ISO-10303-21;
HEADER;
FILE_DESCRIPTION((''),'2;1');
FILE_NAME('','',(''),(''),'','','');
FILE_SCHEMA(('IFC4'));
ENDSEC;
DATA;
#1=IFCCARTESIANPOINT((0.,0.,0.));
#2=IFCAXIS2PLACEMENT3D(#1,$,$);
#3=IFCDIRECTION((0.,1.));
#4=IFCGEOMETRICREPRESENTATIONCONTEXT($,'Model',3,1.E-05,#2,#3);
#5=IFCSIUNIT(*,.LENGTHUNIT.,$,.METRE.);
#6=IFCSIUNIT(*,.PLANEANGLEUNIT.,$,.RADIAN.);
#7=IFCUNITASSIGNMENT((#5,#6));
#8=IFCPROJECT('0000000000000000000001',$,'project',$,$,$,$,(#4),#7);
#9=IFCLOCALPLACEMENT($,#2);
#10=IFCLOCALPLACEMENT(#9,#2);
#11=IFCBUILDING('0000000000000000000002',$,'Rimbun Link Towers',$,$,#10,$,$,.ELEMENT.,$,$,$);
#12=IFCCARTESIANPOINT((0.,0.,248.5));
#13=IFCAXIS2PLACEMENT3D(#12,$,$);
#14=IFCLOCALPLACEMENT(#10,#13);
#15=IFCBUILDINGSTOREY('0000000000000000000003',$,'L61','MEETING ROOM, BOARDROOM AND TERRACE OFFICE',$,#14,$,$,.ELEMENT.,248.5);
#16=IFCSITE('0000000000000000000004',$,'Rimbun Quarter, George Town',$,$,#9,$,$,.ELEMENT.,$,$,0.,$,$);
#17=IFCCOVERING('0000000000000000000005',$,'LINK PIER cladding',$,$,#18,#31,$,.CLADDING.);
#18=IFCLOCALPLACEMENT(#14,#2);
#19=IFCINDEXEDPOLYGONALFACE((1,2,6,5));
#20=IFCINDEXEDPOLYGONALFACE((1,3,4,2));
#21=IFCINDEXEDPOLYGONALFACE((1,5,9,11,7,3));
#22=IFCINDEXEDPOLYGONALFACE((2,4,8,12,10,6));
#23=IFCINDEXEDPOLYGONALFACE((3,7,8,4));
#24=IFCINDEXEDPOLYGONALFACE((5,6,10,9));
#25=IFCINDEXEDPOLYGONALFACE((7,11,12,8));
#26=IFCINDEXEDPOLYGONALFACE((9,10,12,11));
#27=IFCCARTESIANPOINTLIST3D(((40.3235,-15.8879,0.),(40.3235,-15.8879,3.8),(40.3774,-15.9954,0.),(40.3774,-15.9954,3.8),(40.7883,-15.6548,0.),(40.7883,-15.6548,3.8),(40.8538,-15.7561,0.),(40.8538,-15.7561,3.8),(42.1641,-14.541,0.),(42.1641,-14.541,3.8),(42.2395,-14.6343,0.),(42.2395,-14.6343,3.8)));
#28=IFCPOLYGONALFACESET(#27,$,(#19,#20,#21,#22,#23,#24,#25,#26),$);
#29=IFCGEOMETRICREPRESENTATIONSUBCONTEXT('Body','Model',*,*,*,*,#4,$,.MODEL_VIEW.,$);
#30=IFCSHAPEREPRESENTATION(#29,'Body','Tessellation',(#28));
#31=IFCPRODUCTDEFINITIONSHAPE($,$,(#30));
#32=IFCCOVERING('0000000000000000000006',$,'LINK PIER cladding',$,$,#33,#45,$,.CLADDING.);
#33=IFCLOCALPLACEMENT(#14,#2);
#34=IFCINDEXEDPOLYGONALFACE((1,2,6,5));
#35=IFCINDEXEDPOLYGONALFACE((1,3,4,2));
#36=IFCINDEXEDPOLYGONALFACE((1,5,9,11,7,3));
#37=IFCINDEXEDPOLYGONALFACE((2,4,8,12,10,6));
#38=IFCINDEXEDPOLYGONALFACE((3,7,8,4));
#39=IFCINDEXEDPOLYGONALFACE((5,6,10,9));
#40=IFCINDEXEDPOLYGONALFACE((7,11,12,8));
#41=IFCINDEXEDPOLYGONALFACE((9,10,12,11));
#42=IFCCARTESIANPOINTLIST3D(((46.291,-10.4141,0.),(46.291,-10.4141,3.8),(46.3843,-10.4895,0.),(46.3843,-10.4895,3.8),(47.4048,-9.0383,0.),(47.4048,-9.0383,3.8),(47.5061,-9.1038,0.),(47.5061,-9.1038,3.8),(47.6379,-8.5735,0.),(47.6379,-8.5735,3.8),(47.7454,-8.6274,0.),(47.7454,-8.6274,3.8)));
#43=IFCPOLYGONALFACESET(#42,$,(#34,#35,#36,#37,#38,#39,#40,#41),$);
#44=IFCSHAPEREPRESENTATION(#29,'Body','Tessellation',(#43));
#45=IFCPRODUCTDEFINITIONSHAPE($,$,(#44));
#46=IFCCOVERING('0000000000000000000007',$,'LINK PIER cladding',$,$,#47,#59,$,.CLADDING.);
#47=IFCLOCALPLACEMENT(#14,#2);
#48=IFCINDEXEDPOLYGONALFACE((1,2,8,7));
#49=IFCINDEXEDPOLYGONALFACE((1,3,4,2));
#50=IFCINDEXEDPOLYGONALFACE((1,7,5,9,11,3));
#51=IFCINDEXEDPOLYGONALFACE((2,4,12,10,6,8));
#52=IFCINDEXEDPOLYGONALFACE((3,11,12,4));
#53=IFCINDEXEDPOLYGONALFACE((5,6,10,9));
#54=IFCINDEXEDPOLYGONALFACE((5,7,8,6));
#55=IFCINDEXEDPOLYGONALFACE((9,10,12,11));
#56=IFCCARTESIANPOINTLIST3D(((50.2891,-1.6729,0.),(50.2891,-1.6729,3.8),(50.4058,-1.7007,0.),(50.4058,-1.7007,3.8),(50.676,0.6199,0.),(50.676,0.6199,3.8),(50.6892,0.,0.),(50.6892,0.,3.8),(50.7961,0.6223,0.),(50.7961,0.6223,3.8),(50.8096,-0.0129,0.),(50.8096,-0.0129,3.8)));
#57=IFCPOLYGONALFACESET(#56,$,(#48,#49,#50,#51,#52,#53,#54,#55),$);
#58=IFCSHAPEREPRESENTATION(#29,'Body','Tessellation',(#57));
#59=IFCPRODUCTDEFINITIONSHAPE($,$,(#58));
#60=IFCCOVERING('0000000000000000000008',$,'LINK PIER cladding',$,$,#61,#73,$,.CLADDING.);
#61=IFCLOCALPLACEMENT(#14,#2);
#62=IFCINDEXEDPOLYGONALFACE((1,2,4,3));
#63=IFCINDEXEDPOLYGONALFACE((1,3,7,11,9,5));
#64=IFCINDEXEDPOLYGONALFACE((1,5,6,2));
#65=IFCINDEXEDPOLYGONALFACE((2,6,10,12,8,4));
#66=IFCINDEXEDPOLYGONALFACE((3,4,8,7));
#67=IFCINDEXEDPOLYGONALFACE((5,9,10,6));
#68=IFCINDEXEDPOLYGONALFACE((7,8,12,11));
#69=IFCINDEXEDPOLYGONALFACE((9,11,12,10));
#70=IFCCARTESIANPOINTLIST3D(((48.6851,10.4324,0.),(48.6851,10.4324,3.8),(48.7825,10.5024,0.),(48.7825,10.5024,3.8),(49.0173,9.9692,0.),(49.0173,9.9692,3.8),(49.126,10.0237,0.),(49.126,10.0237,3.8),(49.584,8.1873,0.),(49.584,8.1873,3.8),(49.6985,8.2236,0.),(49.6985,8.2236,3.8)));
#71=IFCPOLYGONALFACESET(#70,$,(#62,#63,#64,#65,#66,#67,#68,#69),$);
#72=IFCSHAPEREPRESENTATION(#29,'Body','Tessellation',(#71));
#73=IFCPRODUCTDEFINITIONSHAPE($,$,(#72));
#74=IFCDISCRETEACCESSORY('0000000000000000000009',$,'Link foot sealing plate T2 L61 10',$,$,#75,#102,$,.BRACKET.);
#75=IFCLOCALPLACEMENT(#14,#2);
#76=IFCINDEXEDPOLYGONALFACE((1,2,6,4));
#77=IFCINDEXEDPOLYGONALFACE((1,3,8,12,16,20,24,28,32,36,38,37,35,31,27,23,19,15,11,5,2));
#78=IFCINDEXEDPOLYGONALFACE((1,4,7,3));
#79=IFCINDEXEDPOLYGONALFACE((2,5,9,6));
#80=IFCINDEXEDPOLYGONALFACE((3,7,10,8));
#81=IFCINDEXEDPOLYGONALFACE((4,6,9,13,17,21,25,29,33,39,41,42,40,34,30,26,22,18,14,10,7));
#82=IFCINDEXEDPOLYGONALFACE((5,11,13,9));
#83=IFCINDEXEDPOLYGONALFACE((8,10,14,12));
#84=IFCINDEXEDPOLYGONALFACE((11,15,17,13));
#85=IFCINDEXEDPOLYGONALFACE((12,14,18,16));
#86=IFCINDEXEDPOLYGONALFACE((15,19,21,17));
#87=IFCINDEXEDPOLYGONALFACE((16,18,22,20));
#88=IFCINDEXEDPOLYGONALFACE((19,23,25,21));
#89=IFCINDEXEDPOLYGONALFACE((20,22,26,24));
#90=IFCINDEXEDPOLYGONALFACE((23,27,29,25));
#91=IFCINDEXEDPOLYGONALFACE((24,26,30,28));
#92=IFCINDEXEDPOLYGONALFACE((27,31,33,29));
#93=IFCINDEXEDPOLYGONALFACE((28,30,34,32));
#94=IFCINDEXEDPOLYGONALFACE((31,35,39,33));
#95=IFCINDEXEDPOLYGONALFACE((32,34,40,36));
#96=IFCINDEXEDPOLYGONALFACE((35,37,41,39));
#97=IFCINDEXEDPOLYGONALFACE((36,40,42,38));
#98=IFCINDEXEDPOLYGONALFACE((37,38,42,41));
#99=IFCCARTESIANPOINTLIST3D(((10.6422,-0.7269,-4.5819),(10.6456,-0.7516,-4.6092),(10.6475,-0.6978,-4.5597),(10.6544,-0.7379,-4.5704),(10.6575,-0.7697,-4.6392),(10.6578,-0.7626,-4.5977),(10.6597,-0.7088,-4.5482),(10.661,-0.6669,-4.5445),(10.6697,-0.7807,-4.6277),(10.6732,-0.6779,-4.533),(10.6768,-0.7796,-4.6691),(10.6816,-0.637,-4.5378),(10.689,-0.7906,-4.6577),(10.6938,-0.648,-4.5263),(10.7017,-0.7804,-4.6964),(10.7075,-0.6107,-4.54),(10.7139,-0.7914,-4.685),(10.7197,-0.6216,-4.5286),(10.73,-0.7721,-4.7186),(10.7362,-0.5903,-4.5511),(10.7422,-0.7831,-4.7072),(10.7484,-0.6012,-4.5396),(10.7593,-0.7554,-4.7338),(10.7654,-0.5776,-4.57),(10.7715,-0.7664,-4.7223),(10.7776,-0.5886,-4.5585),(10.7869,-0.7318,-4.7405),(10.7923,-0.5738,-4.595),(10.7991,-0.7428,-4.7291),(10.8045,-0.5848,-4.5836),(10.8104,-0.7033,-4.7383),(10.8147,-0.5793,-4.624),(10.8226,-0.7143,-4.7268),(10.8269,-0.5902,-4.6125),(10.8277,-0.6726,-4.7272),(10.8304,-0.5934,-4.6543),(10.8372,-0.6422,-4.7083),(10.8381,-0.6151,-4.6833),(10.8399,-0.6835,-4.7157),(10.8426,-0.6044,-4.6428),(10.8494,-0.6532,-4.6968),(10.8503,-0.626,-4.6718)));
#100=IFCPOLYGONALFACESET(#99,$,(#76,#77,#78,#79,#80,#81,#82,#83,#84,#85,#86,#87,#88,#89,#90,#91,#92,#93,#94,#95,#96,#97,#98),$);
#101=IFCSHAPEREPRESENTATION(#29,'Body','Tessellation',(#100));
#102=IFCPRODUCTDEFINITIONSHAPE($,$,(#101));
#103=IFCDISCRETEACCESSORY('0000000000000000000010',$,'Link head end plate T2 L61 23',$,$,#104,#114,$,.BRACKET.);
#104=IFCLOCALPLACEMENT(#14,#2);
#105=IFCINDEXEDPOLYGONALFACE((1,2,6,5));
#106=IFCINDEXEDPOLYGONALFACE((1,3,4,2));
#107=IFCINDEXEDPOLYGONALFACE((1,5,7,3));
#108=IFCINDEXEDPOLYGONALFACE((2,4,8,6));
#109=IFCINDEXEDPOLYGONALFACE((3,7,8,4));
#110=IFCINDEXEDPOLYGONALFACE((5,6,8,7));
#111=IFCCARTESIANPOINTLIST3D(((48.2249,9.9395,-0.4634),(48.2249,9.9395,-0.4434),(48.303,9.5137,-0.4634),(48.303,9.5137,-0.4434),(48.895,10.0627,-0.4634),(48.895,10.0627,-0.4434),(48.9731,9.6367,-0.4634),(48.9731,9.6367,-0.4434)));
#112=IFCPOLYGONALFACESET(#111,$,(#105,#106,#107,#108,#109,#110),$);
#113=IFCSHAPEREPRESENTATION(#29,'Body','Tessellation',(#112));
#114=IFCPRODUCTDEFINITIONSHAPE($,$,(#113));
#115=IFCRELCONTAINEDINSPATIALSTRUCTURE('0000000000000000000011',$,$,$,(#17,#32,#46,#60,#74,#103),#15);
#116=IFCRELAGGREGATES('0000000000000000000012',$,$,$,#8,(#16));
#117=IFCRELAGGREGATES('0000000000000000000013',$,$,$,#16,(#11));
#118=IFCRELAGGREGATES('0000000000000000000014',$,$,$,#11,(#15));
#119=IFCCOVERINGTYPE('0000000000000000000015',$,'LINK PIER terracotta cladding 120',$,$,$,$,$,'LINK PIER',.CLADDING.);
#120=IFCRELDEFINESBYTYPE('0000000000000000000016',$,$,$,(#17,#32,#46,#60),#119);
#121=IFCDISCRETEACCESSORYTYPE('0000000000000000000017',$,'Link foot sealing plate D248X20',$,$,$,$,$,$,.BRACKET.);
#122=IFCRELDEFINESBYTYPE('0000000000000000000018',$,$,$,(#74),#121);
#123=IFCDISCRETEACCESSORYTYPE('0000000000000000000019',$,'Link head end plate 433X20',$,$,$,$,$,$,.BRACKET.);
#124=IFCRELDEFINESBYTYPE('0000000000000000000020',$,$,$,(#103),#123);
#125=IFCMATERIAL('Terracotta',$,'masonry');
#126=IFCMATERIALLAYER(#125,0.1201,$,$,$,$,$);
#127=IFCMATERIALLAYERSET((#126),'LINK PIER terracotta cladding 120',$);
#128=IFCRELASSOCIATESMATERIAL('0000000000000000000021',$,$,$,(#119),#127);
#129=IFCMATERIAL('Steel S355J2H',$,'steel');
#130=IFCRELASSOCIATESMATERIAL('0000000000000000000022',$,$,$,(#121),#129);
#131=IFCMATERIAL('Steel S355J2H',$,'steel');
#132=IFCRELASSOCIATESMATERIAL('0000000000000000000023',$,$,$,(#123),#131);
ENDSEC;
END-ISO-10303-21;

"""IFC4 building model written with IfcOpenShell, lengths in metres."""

from ifc_helpers import new_model, si_unit, direction, frame, origin, origin_2d, place, context, subcontext, project, spatial, polyline, rectangle, circle, outline, extrude, material, layer, layer_set, material_profile, profile_set, type_object, element, save


model = new_model("IFC4")

# Units and contexts
model_context = context("Model", 3, precision=1e-05, world=origin(), true_north=direction((0.0, 1.0)))
body_context = subcontext(model_context, "Body", "Model", "MODEL_VIEW")
ifc_project = project(units=[si_unit("LENGTHUNIT", "METRE"), si_unit("PLANEANGLEUNIT", "RADIAN")], contexts=[model_context])

# Site, building, storey
site_placement = place(None, origin())
site = spatial("IfcSite", under=ifc_project, at=site_placement, Name="Rimbun Quarter, George Town", CompositionType="ELEMENT", RefElevation=0.0)
building_placement = place(site_placement, origin())
building = spatial("IfcBuilding", under=site, at=building_placement, Name="Rimbun Link Towers", CompositionType="ELEMENT")
storey_placement = place(building_placement, frame((0.0, 0.0, 248.5)))
storey = spatial("IfcBuildingStorey", under=building, at=storey_placement, Name="L61", Description="MEETING ROOM, BOARDROOM AND TERRACE OFFICE", CompositionType="ELEMENT", Elevation=248.5)

# Coverings
ifc_material_1 = material(Name="Terracotta", Category="masonry")
ifc_layer_1 = layer(ifc_material_1, 0.1201)
ifc_layer_set_1 = layer_set([ifc_layer_1], Name="LINK PIER terracotta cladding 120")
covering_type = type_object("IfcCoveringType", Name="LINK PIER terracotta cladding 120", ElementType="LINK PIER", PredefinedType="CLADDING", material=ifc_layer_set_1)
covering_1_placement = place(storey_placement, origin())
element("IfcCovering", 1, at=covering_1_placement, inside=storey, type_object=covering_type, Name="LINK PIER cladding", PredefinedType="CLADDING", context=body_context, shape_type="SweptSolid", body=[
    extrude(outline(polyline([(42.1641, -14.541), (40.7883, -15.6548), (40.3235, -15.8879), (40.3774, -15.9954), (40.8538, -15.7561), (42.2395, -14.6343), (42.1641, -14.541)])), origin(), (0.0, 0.0, 1.0), 3.8),
])
covering_2_placement = place(storey_placement, origin())
element("IfcCovering", 2, at=covering_2_placement, inside=storey, type_object=covering_type, Name="LINK PIER cladding", PredefinedType="CLADDING", context=body_context, shape_type="SweptSolid", body=[
    extrude(outline(polyline([(47.6379, -8.5735), (47.4048, -9.0383), (46.291, -10.4141), (46.3843, -10.4895), (47.5061, -9.1038), (47.7454, -8.6274), (47.6379, -8.5735)])), origin(), (0.0, 0.0, 1.0), 3.8),
])
covering_3_placement = place(storey_placement, origin())
element("IfcCovering", 3, at=covering_3_placement, inside=storey, type_object=covering_type, Name="LINK PIER cladding", PredefinedType="CLADDING", context=body_context, shape_type="SweptSolid", body=[
    extrude(outline(polyline([(50.676, 0.6199), (50.6892, 0.0), (50.2891, -1.6729), (50.4058, -1.7007), (50.8096, -0.0129), (50.7961, 0.6223), (50.676, 0.6199)])), origin(), (0.0, 0.0, 1.0), 3.8),
])
covering_4_placement = place(storey_placement, origin())
element("IfcCovering", 4, at=covering_4_placement, inside=storey, type_object=covering_type, Name="LINK PIER cladding", PredefinedType="CLADDING", context=body_context, shape_type="SweptSolid", body=[
    extrude(outline(polyline([(48.6851, 10.4324), (49.0173, 9.9692), (49.584, 8.1873), (49.6985, 8.2236), (49.126, 10.0237), (48.7825, 10.5024), (48.6851, 10.4324)])), origin(), (0.0, 0.0, 1.0), 3.8),
])

# Discrete accessories
ifc_material_2 = material(Name="Steel S355J2H", Category="steel")
ifc_material_profile_1 = material_profile(ifc_material_2, circle(Radius=0.124, at=origin_2d()), Name="PL D248")
ifc_profile_set_1 = profile_set([ifc_material_profile_1], Name="Steel S355J2H")
discrete_accessory_type_1 = type_object("IfcDiscreteAccessoryType", Name="Link foot sealing plate D248X20", PredefinedType="BRACKET", material=ifc_profile_set_1)
discrete_accessory_1_placement = place(storey_placement, frame((10.7527, -0.6885, -4.6277), z_axis=(-0.609303, 0.548373, -0.572745), x_axis=(-0.668965, -0.743294, 0.0)))
element("IfcDiscreteAccessory", 5, at=discrete_accessory_1_placement, inside=storey, type_object=discrete_accessory_type_1, Name="Link foot sealing plate T2 L61 10", PredefinedType="BRACKET", context=body_context, shape_type="SweptSolid", body=[
    extrude(circle(Radius=0.124, at=origin_2d()), origin(), (0.0, 0.0, 1.0), 0.02),
])
ifc_material_3 = material(Name="Steel S355J2H", Category="steel")
ifc_material_profile_2 = material_profile(ifc_material_3, rectangle(XDim=0.4331, YDim=0.4331, at=origin_2d()), Name="PL 433x433")
ifc_profile_set_2 = profile_set([ifc_material_profile_2], Name="Steel S355J2H")
discrete_accessory_type_2 = type_object("IfcDiscreteAccessoryType", Name="Link head end plate 433X20", PredefinedType="BRACKET", material=ifc_profile_set_2)
discrete_accessory_2_placement = place(storey_placement, frame((0.0, 0.0, -0.4634)))
element("IfcDiscreteAccessory", 6, at=discrete_accessory_2_placement, inside=storey, type_object=discrete_accessory_type_2, Name="Link head end plate T2 L61 23", PredefinedType="BRACKET", context=body_context, shape_type="SweptSolid", body=[
    extrude(outline(polyline([(48.303, 9.5137), (48.9731, 9.6367), (48.895, 10.0627), (48.2249, 9.9395), (48.303, 9.5137)])), origin(), (0.0, 0.0, 1.0), 0.02),
])

save(model, "model.ifc")
